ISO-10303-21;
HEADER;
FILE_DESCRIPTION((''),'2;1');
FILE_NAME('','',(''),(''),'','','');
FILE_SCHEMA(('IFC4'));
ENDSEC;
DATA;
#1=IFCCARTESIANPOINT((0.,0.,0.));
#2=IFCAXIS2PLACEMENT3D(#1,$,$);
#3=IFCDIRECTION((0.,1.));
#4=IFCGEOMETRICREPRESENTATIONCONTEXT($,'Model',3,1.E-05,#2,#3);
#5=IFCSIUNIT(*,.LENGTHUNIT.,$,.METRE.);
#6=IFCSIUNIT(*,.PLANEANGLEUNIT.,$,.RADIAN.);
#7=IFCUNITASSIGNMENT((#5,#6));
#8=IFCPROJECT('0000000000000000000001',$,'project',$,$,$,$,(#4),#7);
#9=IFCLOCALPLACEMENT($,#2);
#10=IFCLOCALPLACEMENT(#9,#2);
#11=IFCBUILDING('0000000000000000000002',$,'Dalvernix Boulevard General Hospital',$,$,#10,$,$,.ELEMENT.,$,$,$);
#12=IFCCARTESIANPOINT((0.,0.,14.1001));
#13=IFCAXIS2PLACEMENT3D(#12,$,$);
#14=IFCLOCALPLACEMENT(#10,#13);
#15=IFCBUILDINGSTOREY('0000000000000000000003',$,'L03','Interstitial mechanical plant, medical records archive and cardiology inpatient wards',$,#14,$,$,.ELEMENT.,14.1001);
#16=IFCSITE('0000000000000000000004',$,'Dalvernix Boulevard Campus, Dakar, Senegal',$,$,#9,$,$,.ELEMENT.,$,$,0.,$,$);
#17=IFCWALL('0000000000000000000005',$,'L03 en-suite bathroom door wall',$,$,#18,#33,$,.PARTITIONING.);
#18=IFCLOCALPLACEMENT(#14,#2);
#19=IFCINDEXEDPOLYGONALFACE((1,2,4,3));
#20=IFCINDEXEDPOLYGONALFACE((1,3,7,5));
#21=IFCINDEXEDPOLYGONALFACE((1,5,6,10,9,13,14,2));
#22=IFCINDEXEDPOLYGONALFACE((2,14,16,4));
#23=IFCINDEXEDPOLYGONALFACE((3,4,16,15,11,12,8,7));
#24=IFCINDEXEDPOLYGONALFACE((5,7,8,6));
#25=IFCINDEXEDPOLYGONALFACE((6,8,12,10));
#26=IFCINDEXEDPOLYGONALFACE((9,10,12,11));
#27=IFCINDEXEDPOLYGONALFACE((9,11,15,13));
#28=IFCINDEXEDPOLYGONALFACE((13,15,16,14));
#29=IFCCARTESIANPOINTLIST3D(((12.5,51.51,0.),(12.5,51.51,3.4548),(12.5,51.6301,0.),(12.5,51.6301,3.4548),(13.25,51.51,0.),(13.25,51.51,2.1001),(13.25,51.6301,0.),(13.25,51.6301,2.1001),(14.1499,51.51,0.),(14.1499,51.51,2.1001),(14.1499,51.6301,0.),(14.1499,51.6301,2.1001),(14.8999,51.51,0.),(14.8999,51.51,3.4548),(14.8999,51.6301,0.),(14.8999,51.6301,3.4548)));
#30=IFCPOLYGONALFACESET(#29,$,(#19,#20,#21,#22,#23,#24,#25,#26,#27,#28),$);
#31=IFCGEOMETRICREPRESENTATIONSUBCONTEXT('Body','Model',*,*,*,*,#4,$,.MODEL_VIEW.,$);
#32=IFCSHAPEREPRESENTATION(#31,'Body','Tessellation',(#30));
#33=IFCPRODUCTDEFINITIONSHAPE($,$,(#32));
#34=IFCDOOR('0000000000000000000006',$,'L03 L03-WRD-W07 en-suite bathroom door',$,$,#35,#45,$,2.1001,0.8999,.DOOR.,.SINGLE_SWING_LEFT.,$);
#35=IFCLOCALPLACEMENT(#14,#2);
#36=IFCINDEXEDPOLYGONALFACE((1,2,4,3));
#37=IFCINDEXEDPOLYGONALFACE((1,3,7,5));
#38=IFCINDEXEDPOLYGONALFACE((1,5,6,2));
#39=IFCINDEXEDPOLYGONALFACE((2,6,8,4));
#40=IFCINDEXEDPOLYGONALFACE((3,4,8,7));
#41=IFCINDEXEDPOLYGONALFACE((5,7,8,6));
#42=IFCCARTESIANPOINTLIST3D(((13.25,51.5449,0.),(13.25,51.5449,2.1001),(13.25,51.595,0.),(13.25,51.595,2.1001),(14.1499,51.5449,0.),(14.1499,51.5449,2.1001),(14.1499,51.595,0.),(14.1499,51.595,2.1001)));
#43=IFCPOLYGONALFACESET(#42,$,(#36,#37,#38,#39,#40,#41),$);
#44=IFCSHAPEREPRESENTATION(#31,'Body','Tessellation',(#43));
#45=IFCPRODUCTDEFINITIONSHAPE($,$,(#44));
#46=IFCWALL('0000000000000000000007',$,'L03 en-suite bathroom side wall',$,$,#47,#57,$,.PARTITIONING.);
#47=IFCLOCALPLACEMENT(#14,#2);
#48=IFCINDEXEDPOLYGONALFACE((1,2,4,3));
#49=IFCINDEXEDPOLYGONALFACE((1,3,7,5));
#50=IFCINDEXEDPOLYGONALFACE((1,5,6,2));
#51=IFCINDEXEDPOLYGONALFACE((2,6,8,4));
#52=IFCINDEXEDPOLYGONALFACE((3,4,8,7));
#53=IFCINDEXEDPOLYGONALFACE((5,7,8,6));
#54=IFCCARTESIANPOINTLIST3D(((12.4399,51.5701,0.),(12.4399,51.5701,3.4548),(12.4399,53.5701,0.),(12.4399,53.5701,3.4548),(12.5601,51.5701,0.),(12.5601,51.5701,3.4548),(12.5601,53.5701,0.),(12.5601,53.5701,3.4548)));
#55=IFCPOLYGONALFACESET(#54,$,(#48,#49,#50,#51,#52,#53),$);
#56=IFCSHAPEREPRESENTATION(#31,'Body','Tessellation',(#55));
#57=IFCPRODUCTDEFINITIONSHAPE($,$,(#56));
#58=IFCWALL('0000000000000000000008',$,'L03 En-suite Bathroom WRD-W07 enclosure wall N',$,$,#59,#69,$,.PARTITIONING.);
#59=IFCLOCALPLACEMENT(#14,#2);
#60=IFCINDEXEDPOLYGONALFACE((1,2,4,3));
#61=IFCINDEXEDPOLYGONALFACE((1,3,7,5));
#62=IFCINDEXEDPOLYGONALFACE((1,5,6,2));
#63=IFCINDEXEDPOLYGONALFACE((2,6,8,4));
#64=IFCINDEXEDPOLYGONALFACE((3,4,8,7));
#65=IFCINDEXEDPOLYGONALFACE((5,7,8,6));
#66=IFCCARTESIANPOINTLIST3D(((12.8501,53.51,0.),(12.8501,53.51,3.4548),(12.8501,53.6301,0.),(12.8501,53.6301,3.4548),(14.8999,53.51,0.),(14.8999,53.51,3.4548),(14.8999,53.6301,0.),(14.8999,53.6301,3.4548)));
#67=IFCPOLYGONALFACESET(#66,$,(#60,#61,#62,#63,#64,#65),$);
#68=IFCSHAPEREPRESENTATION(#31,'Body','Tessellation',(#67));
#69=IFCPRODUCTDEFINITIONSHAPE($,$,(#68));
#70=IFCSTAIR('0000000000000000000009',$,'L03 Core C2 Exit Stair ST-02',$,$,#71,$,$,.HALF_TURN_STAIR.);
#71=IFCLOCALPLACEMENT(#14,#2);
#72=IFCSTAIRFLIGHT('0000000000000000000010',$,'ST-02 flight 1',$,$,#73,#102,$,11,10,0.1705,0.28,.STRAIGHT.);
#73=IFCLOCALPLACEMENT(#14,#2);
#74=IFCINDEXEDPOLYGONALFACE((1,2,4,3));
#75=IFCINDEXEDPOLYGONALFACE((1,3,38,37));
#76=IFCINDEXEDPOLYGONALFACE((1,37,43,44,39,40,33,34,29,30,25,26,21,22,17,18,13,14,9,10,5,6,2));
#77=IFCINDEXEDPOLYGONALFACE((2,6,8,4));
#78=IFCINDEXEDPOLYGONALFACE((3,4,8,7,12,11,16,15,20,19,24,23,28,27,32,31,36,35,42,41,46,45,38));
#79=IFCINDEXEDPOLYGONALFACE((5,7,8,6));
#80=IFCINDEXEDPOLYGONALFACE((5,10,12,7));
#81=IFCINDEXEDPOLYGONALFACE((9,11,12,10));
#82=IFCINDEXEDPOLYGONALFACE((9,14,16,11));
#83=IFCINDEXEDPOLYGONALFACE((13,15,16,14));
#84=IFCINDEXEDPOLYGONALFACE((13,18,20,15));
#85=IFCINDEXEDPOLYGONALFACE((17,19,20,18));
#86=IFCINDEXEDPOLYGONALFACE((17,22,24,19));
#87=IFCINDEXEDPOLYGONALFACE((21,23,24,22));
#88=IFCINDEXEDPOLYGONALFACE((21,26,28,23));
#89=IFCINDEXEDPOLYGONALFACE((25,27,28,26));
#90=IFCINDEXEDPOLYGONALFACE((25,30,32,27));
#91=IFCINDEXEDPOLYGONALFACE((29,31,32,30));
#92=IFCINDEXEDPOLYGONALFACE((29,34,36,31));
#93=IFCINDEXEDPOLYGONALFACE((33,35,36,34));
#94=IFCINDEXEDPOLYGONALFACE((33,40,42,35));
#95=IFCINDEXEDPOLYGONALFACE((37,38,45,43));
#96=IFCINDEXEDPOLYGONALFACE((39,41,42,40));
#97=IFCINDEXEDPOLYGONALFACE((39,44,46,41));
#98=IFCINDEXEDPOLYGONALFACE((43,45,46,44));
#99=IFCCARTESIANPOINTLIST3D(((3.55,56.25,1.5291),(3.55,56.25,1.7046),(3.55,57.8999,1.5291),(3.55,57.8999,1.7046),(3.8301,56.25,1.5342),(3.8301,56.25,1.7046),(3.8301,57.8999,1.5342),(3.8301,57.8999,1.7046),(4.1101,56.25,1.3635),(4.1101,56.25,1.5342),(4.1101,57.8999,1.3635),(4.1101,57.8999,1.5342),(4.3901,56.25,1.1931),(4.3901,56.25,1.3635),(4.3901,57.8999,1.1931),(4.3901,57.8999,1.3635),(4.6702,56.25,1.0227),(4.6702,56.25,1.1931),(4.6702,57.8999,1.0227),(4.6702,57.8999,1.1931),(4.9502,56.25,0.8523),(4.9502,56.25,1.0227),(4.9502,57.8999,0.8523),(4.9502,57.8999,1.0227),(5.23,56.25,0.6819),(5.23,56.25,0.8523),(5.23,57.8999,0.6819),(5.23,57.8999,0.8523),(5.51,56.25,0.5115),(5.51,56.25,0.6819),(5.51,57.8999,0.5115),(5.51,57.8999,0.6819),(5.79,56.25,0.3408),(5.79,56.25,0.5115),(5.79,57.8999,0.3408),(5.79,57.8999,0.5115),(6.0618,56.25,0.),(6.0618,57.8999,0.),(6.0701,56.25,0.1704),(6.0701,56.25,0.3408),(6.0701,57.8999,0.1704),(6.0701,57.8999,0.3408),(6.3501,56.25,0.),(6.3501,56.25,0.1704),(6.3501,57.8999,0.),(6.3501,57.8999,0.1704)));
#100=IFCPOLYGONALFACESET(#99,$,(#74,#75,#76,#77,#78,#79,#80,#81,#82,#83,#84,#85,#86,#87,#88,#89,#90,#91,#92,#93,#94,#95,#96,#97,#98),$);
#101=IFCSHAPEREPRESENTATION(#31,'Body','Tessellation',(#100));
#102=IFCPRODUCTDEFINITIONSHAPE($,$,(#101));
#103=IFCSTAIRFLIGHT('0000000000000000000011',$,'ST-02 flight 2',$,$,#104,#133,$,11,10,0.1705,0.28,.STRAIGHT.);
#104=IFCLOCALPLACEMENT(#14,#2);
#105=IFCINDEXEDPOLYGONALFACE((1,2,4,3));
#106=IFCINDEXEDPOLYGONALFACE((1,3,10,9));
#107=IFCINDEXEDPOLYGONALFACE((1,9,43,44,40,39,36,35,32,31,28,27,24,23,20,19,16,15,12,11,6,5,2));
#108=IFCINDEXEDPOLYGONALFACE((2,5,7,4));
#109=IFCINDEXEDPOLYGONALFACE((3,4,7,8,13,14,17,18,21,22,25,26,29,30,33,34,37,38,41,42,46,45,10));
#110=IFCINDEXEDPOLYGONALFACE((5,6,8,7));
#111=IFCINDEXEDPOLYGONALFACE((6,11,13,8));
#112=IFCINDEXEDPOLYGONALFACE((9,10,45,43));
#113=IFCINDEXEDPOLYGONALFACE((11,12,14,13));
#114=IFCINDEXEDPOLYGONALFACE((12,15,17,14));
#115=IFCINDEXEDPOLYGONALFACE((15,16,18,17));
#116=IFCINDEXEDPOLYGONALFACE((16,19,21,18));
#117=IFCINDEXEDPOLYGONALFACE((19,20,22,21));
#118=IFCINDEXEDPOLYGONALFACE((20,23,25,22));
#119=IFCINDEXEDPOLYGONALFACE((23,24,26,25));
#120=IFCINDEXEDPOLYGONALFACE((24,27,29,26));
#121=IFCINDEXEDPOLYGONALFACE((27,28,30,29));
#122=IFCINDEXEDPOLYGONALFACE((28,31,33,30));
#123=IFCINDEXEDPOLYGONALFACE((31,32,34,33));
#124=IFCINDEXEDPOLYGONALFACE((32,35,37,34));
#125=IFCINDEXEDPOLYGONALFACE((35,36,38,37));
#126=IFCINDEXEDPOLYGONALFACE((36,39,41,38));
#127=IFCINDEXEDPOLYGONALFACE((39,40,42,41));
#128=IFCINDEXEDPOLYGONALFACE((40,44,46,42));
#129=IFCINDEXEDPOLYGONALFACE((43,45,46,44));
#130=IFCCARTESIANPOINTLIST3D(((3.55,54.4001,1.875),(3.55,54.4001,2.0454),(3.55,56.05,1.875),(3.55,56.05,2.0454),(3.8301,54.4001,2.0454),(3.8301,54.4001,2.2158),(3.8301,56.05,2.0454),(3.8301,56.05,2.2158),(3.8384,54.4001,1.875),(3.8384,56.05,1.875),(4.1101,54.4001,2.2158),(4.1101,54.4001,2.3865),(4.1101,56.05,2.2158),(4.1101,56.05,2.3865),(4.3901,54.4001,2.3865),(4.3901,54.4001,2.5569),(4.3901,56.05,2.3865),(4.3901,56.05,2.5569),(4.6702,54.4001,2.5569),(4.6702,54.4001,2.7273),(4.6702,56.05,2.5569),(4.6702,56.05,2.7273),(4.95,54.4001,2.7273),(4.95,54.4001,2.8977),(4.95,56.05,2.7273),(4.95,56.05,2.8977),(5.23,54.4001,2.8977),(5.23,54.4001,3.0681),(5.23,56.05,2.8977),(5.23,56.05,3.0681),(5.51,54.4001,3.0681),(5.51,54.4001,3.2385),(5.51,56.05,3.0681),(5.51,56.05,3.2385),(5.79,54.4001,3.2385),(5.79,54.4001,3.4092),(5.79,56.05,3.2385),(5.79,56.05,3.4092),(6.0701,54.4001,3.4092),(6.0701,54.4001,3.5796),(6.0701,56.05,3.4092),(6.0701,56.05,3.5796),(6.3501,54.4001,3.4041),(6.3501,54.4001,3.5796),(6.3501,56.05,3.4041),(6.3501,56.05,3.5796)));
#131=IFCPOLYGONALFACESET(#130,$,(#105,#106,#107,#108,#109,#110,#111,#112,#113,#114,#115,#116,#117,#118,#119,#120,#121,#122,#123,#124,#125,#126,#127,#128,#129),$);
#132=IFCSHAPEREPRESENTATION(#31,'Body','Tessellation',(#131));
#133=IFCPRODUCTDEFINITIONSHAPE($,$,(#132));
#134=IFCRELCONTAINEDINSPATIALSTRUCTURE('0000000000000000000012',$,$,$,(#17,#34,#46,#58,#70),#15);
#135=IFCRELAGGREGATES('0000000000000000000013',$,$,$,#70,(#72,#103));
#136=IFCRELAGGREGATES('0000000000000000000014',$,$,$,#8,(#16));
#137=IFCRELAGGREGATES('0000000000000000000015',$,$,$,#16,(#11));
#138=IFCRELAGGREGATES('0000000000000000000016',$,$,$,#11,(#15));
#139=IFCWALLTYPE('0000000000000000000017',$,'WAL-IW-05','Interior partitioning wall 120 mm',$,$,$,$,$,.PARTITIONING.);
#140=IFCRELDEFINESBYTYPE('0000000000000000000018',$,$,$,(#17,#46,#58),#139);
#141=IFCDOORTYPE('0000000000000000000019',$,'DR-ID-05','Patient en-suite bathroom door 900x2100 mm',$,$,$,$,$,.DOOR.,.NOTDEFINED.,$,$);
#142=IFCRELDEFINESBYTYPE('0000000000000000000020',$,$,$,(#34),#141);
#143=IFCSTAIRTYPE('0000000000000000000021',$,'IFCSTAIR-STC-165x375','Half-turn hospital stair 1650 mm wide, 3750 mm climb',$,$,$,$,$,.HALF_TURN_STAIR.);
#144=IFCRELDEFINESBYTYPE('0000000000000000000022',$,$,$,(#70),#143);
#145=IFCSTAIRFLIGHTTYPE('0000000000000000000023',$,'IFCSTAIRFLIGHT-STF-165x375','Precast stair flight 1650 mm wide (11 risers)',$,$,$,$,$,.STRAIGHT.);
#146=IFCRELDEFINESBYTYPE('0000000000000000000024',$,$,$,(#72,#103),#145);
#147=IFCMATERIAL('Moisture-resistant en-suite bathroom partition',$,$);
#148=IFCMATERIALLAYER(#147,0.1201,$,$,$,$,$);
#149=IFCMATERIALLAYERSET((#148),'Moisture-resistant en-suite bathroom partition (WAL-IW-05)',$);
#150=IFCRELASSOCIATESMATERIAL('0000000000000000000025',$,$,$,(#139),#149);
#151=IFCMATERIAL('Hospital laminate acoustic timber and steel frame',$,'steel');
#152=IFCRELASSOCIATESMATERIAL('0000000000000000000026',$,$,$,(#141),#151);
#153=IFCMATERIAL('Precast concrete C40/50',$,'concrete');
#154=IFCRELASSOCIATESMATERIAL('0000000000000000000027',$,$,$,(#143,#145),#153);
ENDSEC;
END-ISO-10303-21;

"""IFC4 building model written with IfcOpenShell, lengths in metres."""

from ifc_helpers import new_model, si_unit, direction, frame, frame_2d, origin, place, context, subcontext, project, spatial, polyline, rectangle, outline, extrude, material, layer, layer_set, type_object, element, fill, aggregate, save


model = new_model("IFC4")

# Units and contexts
model_context = context("Model", 3, precision=1e-05, world=origin(), true_north=direction((0.0, 1.0)))
body_context = subcontext(model_context, "Body", "Model", "MODEL_VIEW")
ifc_project = project(units=[si_unit("LENGTHUNIT", "METRE"), si_unit("PLANEANGLEUNIT", "RADIAN")], contexts=[model_context])

# Site, building, storey
site_placement = place(None, origin())
site = spatial("IfcSite", under=ifc_project, at=site_placement, Name="Dalvernix Boulevard Campus, Dakar, Senegal", CompositionType="ELEMENT", RefElevation=0.0)
building_placement = place(site_placement, origin())
building = spatial("IfcBuilding", under=site, at=building_placement, Name="Dalvernix Boulevard General Hospital", CompositionType="ELEMENT")
storey_placement = place(building_placement, frame((0.0, 0.0, 14.1001)))
storey = spatial("IfcBuildingStorey", under=building, at=storey_placement, Name="L03", Description="Interstitial mechanical plant, medical records archive and cardiology inpatient wards", CompositionType="ELEMENT", Elevation=14.1001)

# Shared definitions
ifc_material_1 = material(Name="Hospital laminate acoustic timber and steel frame", Category="steel")

# Wall, opening, door
ifc_material_2 = material(Name="Moisture-resistant en-suite bathroom partition")
ifc_layer_1 = layer(ifc_material_2, 0.1201)
ifc_layer_set_1 = layer_set([ifc_layer_1], Name="Moisture-resistant en-suite bathroom partition (WAL-IW-05)")
wall_type_1 = type_object("IfcWallType", Name="WAL-IW-05", Description="Interior partitioning wall 120 mm", PredefinedType="PARTITIONING", material=ifc_layer_set_1)
wall_1_placement = place(storey_placement, frame((12.5, 51.5701, 0.0), z_axis=(0.0, 0.0, 1.0), x_axis=(1.0, 0.0, 0.0)))
wall_1 = element("IfcWall", 1, at=wall_1_placement, inside=storey, type_object=wall_type_1, Name="L03 en-suite bathroom door wall", PredefinedType="PARTITIONING", context=body_context, shape_type="SweptSolid", body=[
    extrude(rectangle(XDim=2.3999, YDim=0.1201, at=frame_2d((1.2, 0.0))), origin(), (0.0, 0.0, 1.0), 3.4548),
])
opening_1_placement = place(wall_1_placement, frame((0.75, 0.0, 0.0)))
opening_1 = element("IfcOpeningElement", 2, at=opening_1_placement, cuts=wall_1, PredefinedType="OPENING", context=body_context, shape_type="SweptSolid", body=[
    extrude(rectangle(XDim=0.8999, YDim=2.1001, at=frame_2d((0.45, 1.05))), frame((0.0, 0.0701, 0.0), z_axis=(0.0, -1.0, 0.0), x_axis=(1.0, 0.0, 0.0)), (0.0, 0.0, 1.0), 0.1401),
])
door_type_1 = type_object("IfcDoorType", Name="DR-ID-05", Description="Patient en-suite bathroom door 900x2100 mm", OperationType="NOTDEFINED", PredefinedType="DOOR", material=ifc_material_1)
door_1_placement = place(opening_1_placement, origin())
door_1 = element("IfcDoor", 3, at=door_1_placement, inside=storey, type_object=door_type_1, Name="L03 L03-WRD-W07 en-suite bathroom door", OperationType="SINGLE_SWING_LEFT", OverallHeight=2.1001, OverallWidth=0.8999, PredefinedType="DOOR", context=body_context, shape_type="SweptSolid", body=[
    extrude(rectangle(XDim=0.8999, YDim=2.1001, at=frame_2d((0.45, 1.05))), frame((0.0, 0.0249, 0.0), z_axis=(0.0, -1.0, 0.0), x_axis=(1.0, 0.0, 0.0)), (0.0, 0.0, 1.0), 0.05),
])
fill(opening_1, door_1)

# Walls
wall_2_placement = place(storey_placement, frame((12.5, 51.5701, 0.0), z_axis=(0.0, 0.0, 1.0), x_axis=(0.0, 1.0, 0.0)))
element("IfcWall", 4, at=wall_2_placement, inside=storey, type_object=wall_type_1, Name="L03 en-suite bathroom side wall", PredefinedType="PARTITIONING", context=body_context, shape_type="SweptSolid", body=[
    extrude(rectangle(XDim=2.0, YDim=0.1201, at=frame_2d((1.0, 0.0))), origin(), (0.0, 0.0, 1.0), 3.4548),
])
wall_3_placement = place(storey_placement, frame((12.8501, 53.5701, 0.0), z_axis=(0.0, 0.0, 1.0), x_axis=(1.0, 0.0, 0.0)))
element("IfcWall", 5, at=wall_3_placement, inside=storey, type_object=wall_type_1, Name="L03 En-suite Bathroom WRD-W07 enclosure wall N", PredefinedType="PARTITIONING", context=body_context, shape_type="SweptSolid", body=[
    extrude(rectangle(XDim=2.0498, YDim=0.1201, at=frame_2d((1.0249, 0.0))), origin(), (0.0, 0.0, 1.0), 3.4548),
])

# Stair, stair flights
ifc_material_3 = material(Name="Precast concrete C40/50", Category="concrete")
stair_type = type_object("IfcStairType", Name="IFCSTAIR-STC-165x375", Description="Half-turn hospital stair 1650 mm wide, 3750 mm climb", PredefinedType="HALF_TURN_STAIR", material=ifc_material_3)
stair_placement = place(storey_placement, origin())
stair = element("IfcStair", 6, at=stair_placement, inside=storey, type_object=stair_type, Name="L03 Core C2 Exit Stair ST-02", PredefinedType="HALF_TURN_STAIR")
stair_flight_type = type_object("IfcStairFlightType", Name="IFCSTAIRFLIGHT-STF-165x375", Description="Precast stair flight 1650 mm wide (11 risers)", PredefinedType="STRAIGHT", material=ifc_material_3)
stair_flight_1_placement = place(storey_placement, frame((6.3501, 57.075, 0.0), z_axis=(0.0, 0.0, 1.0), x_axis=(-1.0, 0.0, 0.0)))
stair_flight_1 = element("IfcStairFlight", 7, at=stair_flight_1_placement, type_object=stair_flight_type, Name="ST-02 flight 1", NumberOfRisers=11, NumberOfTreads=10, PredefinedType="STRAIGHT", RiserHeight=0.1705, TreadLength=0.28, context=body_context, shape_type="SweptSolid", body=[
    extrude(outline(polyline([(0.0, 0.0), (0.0, 0.1704), (0.28, 0.1704), (0.28, 0.3408), (0.5601, 0.3408), (0.5601, 0.5115), (0.8401, 0.5115), (0.8401, 0.6819), (1.1201, 0.6819), (1.1201, 0.8523), (1.3999, 0.8523), (1.3999, 1.0227), (1.6799, 1.0227), (1.6799, 1.1931), (1.96, 1.1931), (1.96, 1.3635), (2.24, 1.3635), (2.24, 1.5342), (2.52, 1.5342), (2.52, 1.7046), (2.8, 1.7046), (2.8, 1.875), (2.8, 1.5291), (0.2883, 0.0), (0.0, 0.0)])), frame((0.0, 0.825, 0.0), z_axis=(0.0, -1.0, 0.0), x_axis=(1.0, 0.0, 0.0)), (0.0, 0.0, 1.0), 1.6499),
])
stair_flight_2_placement = place(storey_placement, frame((3.55, 55.2251, 1.875), z_axis=(0.0, 0.0, 1.0), x_axis=(1.0, 0.0, 0.0)))
stair_flight_2 = element("IfcStairFlight", 8, at=stair_flight_2_placement, type_object=stair_flight_type, Name="ST-02 flight 2", NumberOfRisers=11, NumberOfTreads=10, PredefinedType="STRAIGHT", RiserHeight=0.1705, TreadLength=0.28, context=body_context, shape_type="SweptSolid", body=[
    extrude(outline(polyline([(0.0, 0.0), (0.0, 0.1704), (0.28, 0.1704), (0.28, 0.3408), (0.5601, 0.3408), (0.5601, 0.5115), (0.8401, 0.5115), (0.8401, 0.6819), (1.1201, 0.6819), (1.1201, 0.8523), (1.3999, 0.8523), (1.3999, 1.0227), (1.6799, 1.0227), (1.6799, 1.1931), (1.96, 1.1931), (1.96, 1.3635), (2.24, 1.3635), (2.24, 1.5342), (2.52, 1.5342), (2.52, 1.7046), (2.8, 1.7046), (2.8, 1.875), (2.8, 1.5291), (0.2883, 0.0), (0.0, 0.0)])), frame((0.0, 0.825, 0.0), z_axis=(0.0, -1.0, 0.0), x_axis=(1.0, 0.0, 0.0)), (0.0, 0.0, 1.0), 1.6499),
])
aggregate(stair, [stair_flight_1, stair_flight_2])

save(model, "model.ifc")
